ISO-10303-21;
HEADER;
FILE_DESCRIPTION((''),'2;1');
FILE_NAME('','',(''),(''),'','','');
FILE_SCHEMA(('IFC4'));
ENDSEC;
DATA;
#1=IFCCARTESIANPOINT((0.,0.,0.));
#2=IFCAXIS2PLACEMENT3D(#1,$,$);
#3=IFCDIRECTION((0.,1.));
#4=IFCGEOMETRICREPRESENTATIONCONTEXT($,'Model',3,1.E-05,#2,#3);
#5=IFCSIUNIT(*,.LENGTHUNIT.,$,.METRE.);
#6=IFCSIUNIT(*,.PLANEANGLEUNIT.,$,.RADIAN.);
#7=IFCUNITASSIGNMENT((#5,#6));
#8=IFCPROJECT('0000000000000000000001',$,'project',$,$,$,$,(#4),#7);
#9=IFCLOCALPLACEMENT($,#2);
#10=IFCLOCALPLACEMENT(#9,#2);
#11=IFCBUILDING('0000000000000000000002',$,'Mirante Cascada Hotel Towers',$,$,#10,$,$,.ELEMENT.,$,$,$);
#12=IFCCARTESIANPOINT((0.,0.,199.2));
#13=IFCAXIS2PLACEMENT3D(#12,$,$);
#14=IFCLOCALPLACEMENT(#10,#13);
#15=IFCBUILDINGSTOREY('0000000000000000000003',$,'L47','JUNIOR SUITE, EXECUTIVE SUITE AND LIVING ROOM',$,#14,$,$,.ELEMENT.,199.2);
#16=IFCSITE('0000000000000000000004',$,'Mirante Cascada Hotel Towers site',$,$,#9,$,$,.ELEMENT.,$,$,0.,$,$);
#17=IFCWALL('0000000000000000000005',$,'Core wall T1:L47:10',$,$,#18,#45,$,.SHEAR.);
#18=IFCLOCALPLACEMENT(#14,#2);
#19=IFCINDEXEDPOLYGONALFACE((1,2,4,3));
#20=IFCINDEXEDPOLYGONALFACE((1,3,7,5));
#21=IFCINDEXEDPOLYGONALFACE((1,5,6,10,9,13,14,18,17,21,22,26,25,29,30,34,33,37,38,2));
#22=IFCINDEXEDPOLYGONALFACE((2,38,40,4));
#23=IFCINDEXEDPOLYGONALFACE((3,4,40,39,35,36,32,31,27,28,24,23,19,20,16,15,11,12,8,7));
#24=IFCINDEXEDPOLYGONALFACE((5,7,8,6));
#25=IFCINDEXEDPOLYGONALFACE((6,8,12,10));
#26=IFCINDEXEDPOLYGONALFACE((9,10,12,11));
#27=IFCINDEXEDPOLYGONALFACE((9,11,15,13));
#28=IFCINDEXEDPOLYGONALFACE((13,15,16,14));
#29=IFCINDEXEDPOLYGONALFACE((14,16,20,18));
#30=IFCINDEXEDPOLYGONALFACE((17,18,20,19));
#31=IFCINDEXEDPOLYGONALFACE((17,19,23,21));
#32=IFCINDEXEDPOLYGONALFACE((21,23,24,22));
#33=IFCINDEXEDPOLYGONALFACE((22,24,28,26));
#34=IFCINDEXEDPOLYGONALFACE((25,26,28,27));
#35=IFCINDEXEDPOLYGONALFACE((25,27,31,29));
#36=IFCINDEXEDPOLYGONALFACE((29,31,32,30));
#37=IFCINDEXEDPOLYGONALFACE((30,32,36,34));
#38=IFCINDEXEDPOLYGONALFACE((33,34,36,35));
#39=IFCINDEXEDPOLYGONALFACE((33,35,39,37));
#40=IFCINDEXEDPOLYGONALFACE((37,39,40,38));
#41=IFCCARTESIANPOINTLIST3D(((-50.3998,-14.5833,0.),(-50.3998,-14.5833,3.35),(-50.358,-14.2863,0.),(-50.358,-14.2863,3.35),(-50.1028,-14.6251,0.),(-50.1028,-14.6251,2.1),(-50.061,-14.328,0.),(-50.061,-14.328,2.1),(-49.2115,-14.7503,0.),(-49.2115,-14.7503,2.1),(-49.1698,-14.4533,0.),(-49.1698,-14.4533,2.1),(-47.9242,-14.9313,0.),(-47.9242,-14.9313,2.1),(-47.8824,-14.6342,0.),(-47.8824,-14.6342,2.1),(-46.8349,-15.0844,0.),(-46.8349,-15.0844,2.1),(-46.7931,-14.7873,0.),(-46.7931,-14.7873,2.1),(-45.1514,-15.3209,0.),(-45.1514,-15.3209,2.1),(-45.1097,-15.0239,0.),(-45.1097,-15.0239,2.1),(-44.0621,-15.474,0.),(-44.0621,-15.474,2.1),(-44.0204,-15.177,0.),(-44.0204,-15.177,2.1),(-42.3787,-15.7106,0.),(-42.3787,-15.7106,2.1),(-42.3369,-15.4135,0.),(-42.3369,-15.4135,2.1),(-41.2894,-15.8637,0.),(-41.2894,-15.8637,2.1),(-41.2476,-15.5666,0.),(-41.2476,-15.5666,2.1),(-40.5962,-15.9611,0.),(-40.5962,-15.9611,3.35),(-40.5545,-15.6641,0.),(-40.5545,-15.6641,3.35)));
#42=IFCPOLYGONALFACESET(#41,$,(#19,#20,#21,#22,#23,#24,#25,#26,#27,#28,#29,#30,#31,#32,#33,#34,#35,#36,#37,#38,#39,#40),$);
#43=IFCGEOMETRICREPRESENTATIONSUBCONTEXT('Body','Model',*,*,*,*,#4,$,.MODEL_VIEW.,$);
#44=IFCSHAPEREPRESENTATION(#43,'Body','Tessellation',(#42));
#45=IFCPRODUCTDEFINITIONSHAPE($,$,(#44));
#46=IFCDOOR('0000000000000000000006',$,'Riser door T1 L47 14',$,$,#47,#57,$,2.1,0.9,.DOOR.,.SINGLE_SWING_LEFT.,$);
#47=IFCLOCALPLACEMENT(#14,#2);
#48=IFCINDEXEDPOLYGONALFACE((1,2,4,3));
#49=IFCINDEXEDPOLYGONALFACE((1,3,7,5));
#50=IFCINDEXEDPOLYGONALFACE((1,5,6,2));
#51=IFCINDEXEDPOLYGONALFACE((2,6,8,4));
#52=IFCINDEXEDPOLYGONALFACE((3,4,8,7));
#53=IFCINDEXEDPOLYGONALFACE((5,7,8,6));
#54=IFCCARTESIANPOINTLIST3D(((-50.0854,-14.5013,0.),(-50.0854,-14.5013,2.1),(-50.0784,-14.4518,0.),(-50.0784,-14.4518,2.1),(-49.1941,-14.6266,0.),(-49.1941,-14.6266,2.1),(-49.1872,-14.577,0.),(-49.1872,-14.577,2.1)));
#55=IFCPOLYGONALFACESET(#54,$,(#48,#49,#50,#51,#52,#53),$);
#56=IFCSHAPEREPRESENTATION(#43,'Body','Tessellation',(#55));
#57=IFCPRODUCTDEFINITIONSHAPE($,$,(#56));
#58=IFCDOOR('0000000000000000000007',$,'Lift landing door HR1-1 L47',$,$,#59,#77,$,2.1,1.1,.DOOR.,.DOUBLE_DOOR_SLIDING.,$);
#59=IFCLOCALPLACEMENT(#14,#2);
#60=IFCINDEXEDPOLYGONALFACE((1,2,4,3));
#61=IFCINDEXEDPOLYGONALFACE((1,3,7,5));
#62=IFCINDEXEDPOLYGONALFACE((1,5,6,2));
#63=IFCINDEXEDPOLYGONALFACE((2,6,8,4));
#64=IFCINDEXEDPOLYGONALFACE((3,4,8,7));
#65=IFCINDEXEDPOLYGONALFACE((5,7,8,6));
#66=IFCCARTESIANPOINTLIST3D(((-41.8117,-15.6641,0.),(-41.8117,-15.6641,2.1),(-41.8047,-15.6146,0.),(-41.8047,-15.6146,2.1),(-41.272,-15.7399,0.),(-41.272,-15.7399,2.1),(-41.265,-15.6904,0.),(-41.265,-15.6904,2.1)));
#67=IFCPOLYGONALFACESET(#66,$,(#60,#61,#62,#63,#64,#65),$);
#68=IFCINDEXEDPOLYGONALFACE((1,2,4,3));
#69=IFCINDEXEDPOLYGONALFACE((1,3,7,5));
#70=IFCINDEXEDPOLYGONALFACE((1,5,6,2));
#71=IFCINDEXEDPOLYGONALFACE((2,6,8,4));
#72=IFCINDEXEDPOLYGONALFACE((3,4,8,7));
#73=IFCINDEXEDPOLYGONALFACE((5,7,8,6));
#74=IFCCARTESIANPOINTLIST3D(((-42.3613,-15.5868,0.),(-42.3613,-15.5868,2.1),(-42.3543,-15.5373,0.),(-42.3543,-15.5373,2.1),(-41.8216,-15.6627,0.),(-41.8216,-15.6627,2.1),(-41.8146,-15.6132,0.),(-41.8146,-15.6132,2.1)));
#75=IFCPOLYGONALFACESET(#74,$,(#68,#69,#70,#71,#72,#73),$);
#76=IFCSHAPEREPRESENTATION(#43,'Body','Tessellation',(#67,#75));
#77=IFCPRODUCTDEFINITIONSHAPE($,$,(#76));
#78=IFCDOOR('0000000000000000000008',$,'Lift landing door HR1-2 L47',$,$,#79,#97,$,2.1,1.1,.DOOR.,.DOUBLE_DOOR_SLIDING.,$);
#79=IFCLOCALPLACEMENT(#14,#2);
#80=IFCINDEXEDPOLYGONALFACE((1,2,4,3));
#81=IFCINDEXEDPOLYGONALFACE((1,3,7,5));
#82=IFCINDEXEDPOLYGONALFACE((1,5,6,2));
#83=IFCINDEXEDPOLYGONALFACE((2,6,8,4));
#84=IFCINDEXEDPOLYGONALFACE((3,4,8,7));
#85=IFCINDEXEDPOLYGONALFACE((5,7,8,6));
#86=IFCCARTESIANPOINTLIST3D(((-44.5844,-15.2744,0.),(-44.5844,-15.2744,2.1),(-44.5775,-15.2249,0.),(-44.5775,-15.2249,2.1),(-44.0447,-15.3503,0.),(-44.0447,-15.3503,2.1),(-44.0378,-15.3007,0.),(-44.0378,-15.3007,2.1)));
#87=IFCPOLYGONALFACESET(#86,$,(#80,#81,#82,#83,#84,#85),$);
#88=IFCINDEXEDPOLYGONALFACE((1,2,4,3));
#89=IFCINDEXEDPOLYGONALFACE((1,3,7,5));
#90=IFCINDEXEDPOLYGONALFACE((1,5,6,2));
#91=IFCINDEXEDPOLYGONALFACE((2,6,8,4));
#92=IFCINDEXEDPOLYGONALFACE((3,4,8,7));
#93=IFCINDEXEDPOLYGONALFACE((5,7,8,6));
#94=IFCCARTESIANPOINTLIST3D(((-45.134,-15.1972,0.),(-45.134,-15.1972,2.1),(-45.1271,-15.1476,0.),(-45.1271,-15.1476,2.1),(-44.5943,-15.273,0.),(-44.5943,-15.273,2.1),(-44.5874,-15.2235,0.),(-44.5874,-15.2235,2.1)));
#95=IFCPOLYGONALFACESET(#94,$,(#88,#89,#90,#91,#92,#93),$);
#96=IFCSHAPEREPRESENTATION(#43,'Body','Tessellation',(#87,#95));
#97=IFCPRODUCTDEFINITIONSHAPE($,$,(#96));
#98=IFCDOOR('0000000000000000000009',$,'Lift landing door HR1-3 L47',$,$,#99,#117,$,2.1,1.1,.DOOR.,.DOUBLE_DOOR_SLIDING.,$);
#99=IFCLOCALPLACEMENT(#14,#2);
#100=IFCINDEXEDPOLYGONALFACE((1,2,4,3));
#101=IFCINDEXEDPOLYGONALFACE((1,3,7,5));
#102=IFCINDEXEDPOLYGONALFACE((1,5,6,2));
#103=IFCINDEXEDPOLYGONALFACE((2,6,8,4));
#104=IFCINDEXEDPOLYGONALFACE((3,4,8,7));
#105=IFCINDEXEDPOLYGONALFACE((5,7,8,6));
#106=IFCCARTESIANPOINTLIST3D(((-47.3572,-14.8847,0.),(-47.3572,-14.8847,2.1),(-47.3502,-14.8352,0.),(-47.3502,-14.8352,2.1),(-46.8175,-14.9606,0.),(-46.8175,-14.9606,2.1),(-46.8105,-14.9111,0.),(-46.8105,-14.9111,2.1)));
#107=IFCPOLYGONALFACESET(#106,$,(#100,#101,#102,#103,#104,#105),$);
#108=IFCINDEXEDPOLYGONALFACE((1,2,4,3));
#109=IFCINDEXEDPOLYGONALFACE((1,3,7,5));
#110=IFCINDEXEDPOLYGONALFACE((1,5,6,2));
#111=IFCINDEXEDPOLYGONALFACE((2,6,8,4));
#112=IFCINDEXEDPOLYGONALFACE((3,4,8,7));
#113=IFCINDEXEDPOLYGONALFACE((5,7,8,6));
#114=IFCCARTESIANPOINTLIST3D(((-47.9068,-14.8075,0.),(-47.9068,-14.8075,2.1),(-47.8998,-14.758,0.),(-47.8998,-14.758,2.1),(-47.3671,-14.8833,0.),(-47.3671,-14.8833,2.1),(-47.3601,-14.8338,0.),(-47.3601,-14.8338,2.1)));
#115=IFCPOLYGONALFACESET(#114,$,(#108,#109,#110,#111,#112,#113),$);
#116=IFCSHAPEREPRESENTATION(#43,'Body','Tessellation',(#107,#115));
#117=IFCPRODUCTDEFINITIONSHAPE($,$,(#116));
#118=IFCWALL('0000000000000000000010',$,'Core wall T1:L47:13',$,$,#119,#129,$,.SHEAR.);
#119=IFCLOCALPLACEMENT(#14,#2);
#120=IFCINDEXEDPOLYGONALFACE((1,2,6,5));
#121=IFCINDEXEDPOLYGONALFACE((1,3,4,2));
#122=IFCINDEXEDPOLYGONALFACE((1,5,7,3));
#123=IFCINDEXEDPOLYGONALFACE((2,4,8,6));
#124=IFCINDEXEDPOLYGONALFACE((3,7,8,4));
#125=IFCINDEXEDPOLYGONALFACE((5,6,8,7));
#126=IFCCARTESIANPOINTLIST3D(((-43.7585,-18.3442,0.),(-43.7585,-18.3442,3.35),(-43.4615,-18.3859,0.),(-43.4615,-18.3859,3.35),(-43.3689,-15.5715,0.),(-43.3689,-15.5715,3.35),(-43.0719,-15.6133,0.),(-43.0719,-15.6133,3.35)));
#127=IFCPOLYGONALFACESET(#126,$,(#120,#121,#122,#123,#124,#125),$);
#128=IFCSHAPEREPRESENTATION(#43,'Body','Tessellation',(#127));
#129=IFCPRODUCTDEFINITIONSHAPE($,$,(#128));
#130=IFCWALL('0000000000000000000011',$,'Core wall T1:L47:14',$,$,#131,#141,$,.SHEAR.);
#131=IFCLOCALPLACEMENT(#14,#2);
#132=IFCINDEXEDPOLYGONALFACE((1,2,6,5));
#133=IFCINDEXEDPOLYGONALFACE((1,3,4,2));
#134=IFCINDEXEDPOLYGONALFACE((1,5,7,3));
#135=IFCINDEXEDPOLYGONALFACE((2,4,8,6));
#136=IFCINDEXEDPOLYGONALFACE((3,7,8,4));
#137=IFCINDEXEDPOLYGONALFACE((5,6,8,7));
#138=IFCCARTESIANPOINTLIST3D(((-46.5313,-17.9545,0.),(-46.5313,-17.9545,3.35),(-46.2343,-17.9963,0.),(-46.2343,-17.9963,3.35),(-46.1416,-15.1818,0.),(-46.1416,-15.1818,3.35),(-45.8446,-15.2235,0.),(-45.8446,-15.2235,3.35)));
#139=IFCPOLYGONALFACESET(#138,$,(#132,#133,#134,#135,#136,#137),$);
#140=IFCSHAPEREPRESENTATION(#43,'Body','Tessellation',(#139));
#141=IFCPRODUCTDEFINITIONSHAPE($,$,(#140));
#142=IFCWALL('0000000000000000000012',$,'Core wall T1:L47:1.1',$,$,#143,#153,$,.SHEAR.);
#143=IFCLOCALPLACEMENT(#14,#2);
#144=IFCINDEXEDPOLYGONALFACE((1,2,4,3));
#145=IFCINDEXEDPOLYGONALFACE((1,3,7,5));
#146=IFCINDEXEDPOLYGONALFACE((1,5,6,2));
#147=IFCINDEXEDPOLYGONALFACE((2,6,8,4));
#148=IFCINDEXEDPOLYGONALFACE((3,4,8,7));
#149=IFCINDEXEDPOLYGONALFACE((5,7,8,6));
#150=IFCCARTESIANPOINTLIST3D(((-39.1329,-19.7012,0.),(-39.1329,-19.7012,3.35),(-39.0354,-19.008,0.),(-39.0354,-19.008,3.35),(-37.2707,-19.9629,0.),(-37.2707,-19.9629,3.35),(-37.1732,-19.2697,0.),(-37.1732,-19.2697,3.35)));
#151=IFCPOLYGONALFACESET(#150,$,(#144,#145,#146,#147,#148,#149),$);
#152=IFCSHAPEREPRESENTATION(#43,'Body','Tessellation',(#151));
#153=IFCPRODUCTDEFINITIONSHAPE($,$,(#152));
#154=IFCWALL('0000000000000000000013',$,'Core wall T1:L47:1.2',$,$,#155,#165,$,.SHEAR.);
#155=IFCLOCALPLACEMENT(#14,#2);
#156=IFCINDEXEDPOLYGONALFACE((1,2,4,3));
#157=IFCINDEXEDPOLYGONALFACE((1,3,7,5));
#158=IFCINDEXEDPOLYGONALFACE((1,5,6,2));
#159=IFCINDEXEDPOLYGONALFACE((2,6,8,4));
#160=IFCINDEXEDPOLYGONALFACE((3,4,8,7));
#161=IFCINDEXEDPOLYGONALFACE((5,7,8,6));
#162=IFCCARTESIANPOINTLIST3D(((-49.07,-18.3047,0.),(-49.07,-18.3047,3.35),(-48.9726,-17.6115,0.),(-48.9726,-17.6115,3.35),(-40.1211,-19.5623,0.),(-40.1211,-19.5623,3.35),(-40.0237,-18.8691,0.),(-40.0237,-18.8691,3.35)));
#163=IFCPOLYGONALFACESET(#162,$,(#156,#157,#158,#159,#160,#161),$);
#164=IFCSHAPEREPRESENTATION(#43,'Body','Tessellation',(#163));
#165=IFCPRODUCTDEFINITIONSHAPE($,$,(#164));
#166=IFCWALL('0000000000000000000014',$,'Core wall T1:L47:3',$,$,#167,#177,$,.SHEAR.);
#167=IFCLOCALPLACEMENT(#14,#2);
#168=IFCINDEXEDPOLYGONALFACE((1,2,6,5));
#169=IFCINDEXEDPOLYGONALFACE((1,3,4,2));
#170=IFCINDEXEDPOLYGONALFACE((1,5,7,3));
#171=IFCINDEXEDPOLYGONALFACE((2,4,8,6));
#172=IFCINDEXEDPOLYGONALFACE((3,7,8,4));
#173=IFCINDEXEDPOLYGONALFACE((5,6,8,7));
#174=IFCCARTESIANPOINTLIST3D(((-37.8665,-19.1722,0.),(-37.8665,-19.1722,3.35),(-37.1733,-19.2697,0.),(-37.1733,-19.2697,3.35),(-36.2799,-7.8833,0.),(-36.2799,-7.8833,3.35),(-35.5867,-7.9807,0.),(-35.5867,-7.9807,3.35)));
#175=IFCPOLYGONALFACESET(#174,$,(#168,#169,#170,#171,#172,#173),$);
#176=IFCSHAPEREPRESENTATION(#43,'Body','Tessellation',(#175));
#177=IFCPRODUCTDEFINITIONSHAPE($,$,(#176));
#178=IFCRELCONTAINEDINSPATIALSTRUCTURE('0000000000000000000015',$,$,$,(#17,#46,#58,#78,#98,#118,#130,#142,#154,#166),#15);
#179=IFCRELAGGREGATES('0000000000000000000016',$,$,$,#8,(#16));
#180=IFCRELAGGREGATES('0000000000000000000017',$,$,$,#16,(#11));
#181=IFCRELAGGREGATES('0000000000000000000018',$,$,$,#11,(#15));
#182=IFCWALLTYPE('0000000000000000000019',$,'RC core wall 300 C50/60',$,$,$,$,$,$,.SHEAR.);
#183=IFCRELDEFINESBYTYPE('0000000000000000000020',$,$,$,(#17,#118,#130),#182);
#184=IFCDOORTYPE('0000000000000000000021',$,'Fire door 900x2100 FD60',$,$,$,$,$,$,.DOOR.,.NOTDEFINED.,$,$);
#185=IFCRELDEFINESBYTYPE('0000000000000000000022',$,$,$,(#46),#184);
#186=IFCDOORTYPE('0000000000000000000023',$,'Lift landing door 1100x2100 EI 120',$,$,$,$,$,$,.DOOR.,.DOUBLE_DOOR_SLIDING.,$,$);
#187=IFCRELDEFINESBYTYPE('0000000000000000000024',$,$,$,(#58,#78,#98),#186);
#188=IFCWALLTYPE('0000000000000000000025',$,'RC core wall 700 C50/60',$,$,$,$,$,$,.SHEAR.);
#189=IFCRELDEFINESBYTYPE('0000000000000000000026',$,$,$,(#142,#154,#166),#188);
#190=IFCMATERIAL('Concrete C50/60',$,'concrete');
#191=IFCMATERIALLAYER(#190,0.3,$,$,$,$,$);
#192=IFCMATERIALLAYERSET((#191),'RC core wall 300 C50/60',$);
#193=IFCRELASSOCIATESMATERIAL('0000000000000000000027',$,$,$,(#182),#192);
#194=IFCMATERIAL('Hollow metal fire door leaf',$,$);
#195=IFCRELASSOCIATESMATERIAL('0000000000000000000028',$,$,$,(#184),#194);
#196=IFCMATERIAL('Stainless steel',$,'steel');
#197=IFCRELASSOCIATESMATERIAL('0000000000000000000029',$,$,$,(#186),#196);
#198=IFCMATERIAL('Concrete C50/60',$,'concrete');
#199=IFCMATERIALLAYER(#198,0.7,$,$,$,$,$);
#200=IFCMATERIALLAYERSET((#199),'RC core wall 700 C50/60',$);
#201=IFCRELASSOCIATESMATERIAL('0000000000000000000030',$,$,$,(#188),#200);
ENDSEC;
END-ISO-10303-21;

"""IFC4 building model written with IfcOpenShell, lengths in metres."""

from ifc_helpers import new_model, si_unit, direction, frame, frame_2d, origin, place, context, subcontext, project, spatial, rectangle, extrude, material, layer, layer_set, type_object, element, fill, save


model = new_model("IFC4")

# Units and contexts
model_context = context("Model", 3, precision=1e-05, world=origin(), true_north=direction((0.0, 1.0)))
body_context = subcontext(model_context, "Body", "Model", "MODEL_VIEW")
ifc_project = project(units=[si_unit("LENGTHUNIT", "METRE"), si_unit("PLANEANGLEUNIT", "RADIAN")], contexts=[model_context])

# Site, building, storey
site_placement = place(None, origin())
site = spatial("IfcSite", under=ifc_project, at=site_placement, Name="Mirante Cascada Hotel Towers site", CompositionType="ELEMENT", RefElevation=0.0)
building_placement = place(site_placement, origin())
building = spatial("IfcBuilding", under=site, at=building_placement, Name="Mirante Cascada Hotel Towers", CompositionType="ELEMENT")
storey_placement = place(building_placement, frame((0.0, 0.0, 199.2)))
storey = spatial("IfcBuildingStorey", under=building, at=storey_placement, Name="L47", Description="JUNIOR SUITE, EXECUTIVE SUITE AND LIVING ROOM", CompositionType="ELEMENT", Elevation=199.2)

# Shared definitions
ifc_material_1 = material(Name="Concrete C50/60", Category="concrete")
ifc_layer_1 = layer(ifc_material_1, 0.3)
ifc_layer_set_1 = layer_set([ifc_layer_1], Name="RC core wall 300 C50/60")
wall_type_1 = type_object("IfcWallType", Name="RC core wall 300 C50/60", PredefinedType="SHEAR", material=ifc_layer_set_1)

# Wall, openings, doors
wall_1_placement = place(storey_placement, frame((-40.5753, -15.8126, 0.0), z_axis=(0.0, 0.0, 1.0), x_axis=(-0.990268, 0.139173, 0.0)))
wall_1 = element("IfcWall", 1, at=wall_1_placement, inside=storey, type_object=wall_type_1, Name="Core wall T1:L47:10", PredefinedType="SHEAR", context=body_context, shape_type="SweptSolid", body=[
    extrude(rectangle(XDim=9.8999, YDim=0.3, at=frame_2d((4.95, 0.0))), origin(), (0.0, 0.0, 1.0), 3.35),
])
opening_1_placement = place(wall_1_placement, frame((0.7, 0.0, 0.0)))
opening_1 = element("IfcOpeningElement", 2, at=opening_1_placement, cuts=wall_1, PredefinedType="OPENING", context=body_context, shape_type="SweptSolid", body=[
    extrude(rectangle(XDim=1.1, YDim=2.1, at=frame_2d((0.55, 1.05))), frame((0.0, 0.15, 0.0), z_axis=(0.0, -1.0, 0.0), x_axis=(1.0, 0.0, 0.0)), (0.0, 0.0, 1.0), 0.3),
])
opening_2_placement = place(wall_1_placement, frame((3.5, 0.0, 0.0)))
opening_2 = element("IfcOpeningElement", 3, at=opening_2_placement, cuts=wall_1, PredefinedType="OPENING", context=body_context, shape_type="SweptSolid", body=[
    extrude(rectangle(XDim=1.1, YDim=2.1, at=frame_2d((0.55, 1.05))), frame((0.0, 0.15, 0.0), z_axis=(0.0, -1.0, 0.0), x_axis=(1.0, 0.0, 0.0)), (0.0, 0.0, 1.0), 0.3),
])
opening_3_placement = place(wall_1_placement, frame((6.3, 0.0, 0.0)))
opening_3 = element("IfcOpeningElement", 4, at=opening_3_placement, cuts=wall_1, PredefinedType="OPENING", context=body_context, shape_type="SweptSolid", body=[
    extrude(rectangle(XDim=1.1, YDim=2.1, at=frame_2d((0.55, 1.05))), frame((0.0, 0.15, 0.0), z_axis=(0.0, -1.0, 0.0), x_axis=(1.0, 0.0, 0.0)), (0.0, 0.0, 1.0), 0.3),
])
opening_4_placement = place(wall_1_placement, frame((8.7, 0.0, 0.0)))
opening_4 = element("IfcOpeningElement", 5, at=opening_4_placement, cuts=wall_1, PredefinedType="OPENING", context=body_context, shape_type="SweptSolid", body=[
    extrude(rectangle(XDim=0.9, YDim=2.1, at=frame_2d((0.45, 1.05))), frame((0.0, 0.15, 0.0), z_axis=(0.0, -1.0, 0.0), x_axis=(1.0, 0.0, 0.0)), (0.0, 0.0, 1.0), 0.3),
])
ifc_material_2 = material(Name="Hollow metal fire door leaf")
door_type_1 = type_object("IfcDoorType", Name="Fire door 900x2100 FD60", OperationType="NOTDEFINED", PredefinedType="DOOR", material=ifc_material_2)
door_1_placement = place(opening_4_placement, origin())
door_1 = element("IfcDoor", 6, at=door_1_placement, inside=storey, type_object=door_type_1, Name="Riser door T1 L47 14", OperationType="SINGLE_SWING_LEFT", OverallHeight=2.1, OverallWidth=0.9, PredefinedType="DOOR", context=body_context, shape_type="SweptSolid", body=[
    extrude(rectangle(XDim=0.9, YDim=2.1, at=frame_2d((0.45, 1.05))), frame((0.0, 0.025, 0.0), z_axis=(0.0, -1.0, 0.0), x_axis=(1.0, 0.0, 0.0)), (0.0, 0.0, 1.0), 0.05),
])
fill(opening_4, door_1)
ifc_material_3 = material(Name="Stainless steel", Category="steel")
door_type_2 = type_object("IfcDoorType", Name="Lift landing door 1100x2100 EI 120", OperationType="DOUBLE_DOOR_SLIDING", PredefinedType="DOOR", material=ifc_material_3)
door_2_placement = place(opening_1_placement, origin())
door_2 = element("IfcDoor", 7, at=door_2_placement, inside=storey, type_object=door_type_2, Name="Lift landing door HR1-1 L47", OperationType="DOUBLE_DOOR_SLIDING", OverallHeight=2.1, OverallWidth=1.1, PredefinedType="DOOR", context=body_context, shape_type="SweptSolid", body=[
    extrude(rectangle(XDim=0.545, YDim=2.1, at=frame_2d((0.2725, 1.05))), frame((0.0, 0.025, 0.0), z_axis=(0.0, -1.0, 0.0), x_axis=(1.0, 0.0, 0.0)), (0.0, 0.0, 1.0), 0.05),
    extrude(rectangle(XDim=0.545, YDim=2.1, at=frame_2d((0.8275, 1.05))), frame((0.0, 0.025, 0.0), z_axis=(0.0, -1.0, 0.0), x_axis=(1.0, 0.0, 0.0)), (0.0, 0.0, 1.0), 0.05),
])
fill(opening_1, door_2)
door_3_placement = place(opening_2_placement, origin())
door_3 = element("IfcDoor", 8, at=door_3_placement, inside=storey, type_object=door_type_2, Name="Lift landing door HR1-2 L47", OperationType="DOUBLE_DOOR_SLIDING", OverallHeight=2.1, OverallWidth=1.1, PredefinedType="DOOR", context=body_context, shape_type="SweptSolid", body=[
    extrude(rectangle(XDim=0.545, YDim=2.1, at=frame_2d((0.2725, 1.05))), frame((0.0, 0.025, 0.0), z_axis=(0.0, -1.0, 0.0), x_axis=(1.0, 0.0, 0.0)), (0.0, 0.0, 1.0), 0.05),
    extrude(rectangle(XDim=0.545, YDim=2.1, at=frame_2d((0.8275, 1.05))), frame((0.0, 0.025, 0.0), z_axis=(0.0, -1.0, 0.0), x_axis=(1.0, 0.0, 0.0)), (0.0, 0.0, 1.0), 0.05),
])
fill(opening_2, door_3)
door_4_placement = place(opening_3_placement, origin())
door_4 = element("IfcDoor", 9, at=door_4_placement, inside=storey, type_object=door_type_2, Name="Lift landing door HR1-3 L47", OperationType="DOUBLE_DOOR_SLIDING", OverallHeight=2.1, OverallWidth=1.1, PredefinedType="DOOR", context=body_context, shape_type="SweptSolid", body=[
    extrude(rectangle(XDim=0.545, YDim=2.1, at=frame_2d((0.2725, 1.05))), frame((0.0, 0.025, 0.0), z_axis=(0.0, -1.0, 0.0), x_axis=(1.0, 0.0, 0.0)), (0.0, 0.0, 1.0), 0.05),
    extrude(rectangle(XDim=0.545, YDim=2.1, at=frame_2d((0.8275, 1.05))), frame((0.0, 0.025, 0.0), z_axis=(0.0, -1.0, 0.0), x_axis=(1.0, 0.0, 0.0)), (0.0, 0.0, 1.0), 0.05),
])
fill(opening_3, door_4)

# Walls
wall_2_placement = place(storey_placement, frame((-43.61, -18.3651, 0.0), z_axis=(0.0, 0.0, 1.0), x_axis=(0.139146, 0.990272, 0.0)))
element("IfcWall", 10, at=wall_2_placement, inside=storey, type_object=wall_type_1, Name="Core wall T1:L47:13", PredefinedType="SHEAR", context=body_context, shape_type="SweptSolid", body=[
    extrude(rectangle(XDim=2.7999, YDim=0.3, at=frame_2d((1.4, 0.0))), origin(), (0.0, 0.0, 1.0), 3.35),
])
wall_3_placement = place(storey_placement, frame((-46.3828, -17.9754, 0.0), z_axis=(0.0, 0.0, 1.0), x_axis=(0.139181, 0.990267, 0.0)))
element("IfcWall", 11, at=wall_3_placement, inside=storey, type_object=wall_type_1, Name="Core wall T1:L47:14", PredefinedType="SHEAR", context=body_context, shape_type="SweptSolid", body=[
    extrude(rectangle(XDim=2.8, YDim=0.3, at=frame_2d((1.4, 0.0))), origin(), (0.0, 0.0, 1.0), 3.35),
])
ifc_material_4 = material(Name="Concrete C50/60", Category="concrete")
ifc_layer_2 = layer(ifc_material_4, 0.7)
ifc_layer_set_2 = layer_set([ifc_layer_2], Name="RC core wall 700 C50/60")
wall_type_2 = type_object("IfcWallType", Name="RC core wall 700 C50/60", PredefinedType="SHEAR", material=ifc_layer_set_2)
wall_4_placement = place(storey_placement, frame((-37.222, -19.6163, 0.0), z_axis=(0.0, 0.0, 1.0), x_axis=(-0.990269, 0.139165, 0.0)))
element("IfcWall", 12, at=wall_4_placement, inside=storey, type_object=wall_type_2, Name="Core wall T1:L47:1.1", PredefinedType="SHEAR", context=body_context, shape_type="SweptSolid", body=[
    extrude(rectangle(XDim=1.8805, YDim=0.7, at=frame_2d((0.9402, 0.0))), origin(), (0.0, 0.0, 1.0), 3.35),
])
wall_5_placement = place(storey_placement, frame((-40.0724, -19.2157, 0.0), z_axis=(0.0, 0.0, 1.0), x_axis=(-0.990269, 0.139164, 0.0)))
element("IfcWall", 13, at=wall_5_placement, inside=storey, type_object=wall_type_2, Name="Core wall T1:L47:1.2", PredefinedType="SHEAR", context=body_context, shape_type="SweptSolid", body=[
    extrude(rectangle(XDim=9.0368, YDim=0.7, at=frame_2d((4.5184, 0.0))), origin(), (0.0, 0.0, 1.0), 3.35),
])
wall_6_placement = place(storey_placement, frame((-37.5199, -19.221, 0.0), z_axis=(0.0, 0.0, 1.0), x_axis=(0.139176, 0.990268, 0.0)))
element("IfcWall", 14, at=wall_6_placement, inside=storey, type_object=wall_type_2, Name="Core wall T1:L47:3", PredefinedType="SHEAR", context=body_context, shape_type="SweptSolid", body=[
    extrude(rectangle(XDim=11.3999, YDim=0.7, at=frame_2d((5.7, 0.0))), origin(), (0.0, 0.0, 1.0), 3.35),
])

save(model, "model.ifc")
